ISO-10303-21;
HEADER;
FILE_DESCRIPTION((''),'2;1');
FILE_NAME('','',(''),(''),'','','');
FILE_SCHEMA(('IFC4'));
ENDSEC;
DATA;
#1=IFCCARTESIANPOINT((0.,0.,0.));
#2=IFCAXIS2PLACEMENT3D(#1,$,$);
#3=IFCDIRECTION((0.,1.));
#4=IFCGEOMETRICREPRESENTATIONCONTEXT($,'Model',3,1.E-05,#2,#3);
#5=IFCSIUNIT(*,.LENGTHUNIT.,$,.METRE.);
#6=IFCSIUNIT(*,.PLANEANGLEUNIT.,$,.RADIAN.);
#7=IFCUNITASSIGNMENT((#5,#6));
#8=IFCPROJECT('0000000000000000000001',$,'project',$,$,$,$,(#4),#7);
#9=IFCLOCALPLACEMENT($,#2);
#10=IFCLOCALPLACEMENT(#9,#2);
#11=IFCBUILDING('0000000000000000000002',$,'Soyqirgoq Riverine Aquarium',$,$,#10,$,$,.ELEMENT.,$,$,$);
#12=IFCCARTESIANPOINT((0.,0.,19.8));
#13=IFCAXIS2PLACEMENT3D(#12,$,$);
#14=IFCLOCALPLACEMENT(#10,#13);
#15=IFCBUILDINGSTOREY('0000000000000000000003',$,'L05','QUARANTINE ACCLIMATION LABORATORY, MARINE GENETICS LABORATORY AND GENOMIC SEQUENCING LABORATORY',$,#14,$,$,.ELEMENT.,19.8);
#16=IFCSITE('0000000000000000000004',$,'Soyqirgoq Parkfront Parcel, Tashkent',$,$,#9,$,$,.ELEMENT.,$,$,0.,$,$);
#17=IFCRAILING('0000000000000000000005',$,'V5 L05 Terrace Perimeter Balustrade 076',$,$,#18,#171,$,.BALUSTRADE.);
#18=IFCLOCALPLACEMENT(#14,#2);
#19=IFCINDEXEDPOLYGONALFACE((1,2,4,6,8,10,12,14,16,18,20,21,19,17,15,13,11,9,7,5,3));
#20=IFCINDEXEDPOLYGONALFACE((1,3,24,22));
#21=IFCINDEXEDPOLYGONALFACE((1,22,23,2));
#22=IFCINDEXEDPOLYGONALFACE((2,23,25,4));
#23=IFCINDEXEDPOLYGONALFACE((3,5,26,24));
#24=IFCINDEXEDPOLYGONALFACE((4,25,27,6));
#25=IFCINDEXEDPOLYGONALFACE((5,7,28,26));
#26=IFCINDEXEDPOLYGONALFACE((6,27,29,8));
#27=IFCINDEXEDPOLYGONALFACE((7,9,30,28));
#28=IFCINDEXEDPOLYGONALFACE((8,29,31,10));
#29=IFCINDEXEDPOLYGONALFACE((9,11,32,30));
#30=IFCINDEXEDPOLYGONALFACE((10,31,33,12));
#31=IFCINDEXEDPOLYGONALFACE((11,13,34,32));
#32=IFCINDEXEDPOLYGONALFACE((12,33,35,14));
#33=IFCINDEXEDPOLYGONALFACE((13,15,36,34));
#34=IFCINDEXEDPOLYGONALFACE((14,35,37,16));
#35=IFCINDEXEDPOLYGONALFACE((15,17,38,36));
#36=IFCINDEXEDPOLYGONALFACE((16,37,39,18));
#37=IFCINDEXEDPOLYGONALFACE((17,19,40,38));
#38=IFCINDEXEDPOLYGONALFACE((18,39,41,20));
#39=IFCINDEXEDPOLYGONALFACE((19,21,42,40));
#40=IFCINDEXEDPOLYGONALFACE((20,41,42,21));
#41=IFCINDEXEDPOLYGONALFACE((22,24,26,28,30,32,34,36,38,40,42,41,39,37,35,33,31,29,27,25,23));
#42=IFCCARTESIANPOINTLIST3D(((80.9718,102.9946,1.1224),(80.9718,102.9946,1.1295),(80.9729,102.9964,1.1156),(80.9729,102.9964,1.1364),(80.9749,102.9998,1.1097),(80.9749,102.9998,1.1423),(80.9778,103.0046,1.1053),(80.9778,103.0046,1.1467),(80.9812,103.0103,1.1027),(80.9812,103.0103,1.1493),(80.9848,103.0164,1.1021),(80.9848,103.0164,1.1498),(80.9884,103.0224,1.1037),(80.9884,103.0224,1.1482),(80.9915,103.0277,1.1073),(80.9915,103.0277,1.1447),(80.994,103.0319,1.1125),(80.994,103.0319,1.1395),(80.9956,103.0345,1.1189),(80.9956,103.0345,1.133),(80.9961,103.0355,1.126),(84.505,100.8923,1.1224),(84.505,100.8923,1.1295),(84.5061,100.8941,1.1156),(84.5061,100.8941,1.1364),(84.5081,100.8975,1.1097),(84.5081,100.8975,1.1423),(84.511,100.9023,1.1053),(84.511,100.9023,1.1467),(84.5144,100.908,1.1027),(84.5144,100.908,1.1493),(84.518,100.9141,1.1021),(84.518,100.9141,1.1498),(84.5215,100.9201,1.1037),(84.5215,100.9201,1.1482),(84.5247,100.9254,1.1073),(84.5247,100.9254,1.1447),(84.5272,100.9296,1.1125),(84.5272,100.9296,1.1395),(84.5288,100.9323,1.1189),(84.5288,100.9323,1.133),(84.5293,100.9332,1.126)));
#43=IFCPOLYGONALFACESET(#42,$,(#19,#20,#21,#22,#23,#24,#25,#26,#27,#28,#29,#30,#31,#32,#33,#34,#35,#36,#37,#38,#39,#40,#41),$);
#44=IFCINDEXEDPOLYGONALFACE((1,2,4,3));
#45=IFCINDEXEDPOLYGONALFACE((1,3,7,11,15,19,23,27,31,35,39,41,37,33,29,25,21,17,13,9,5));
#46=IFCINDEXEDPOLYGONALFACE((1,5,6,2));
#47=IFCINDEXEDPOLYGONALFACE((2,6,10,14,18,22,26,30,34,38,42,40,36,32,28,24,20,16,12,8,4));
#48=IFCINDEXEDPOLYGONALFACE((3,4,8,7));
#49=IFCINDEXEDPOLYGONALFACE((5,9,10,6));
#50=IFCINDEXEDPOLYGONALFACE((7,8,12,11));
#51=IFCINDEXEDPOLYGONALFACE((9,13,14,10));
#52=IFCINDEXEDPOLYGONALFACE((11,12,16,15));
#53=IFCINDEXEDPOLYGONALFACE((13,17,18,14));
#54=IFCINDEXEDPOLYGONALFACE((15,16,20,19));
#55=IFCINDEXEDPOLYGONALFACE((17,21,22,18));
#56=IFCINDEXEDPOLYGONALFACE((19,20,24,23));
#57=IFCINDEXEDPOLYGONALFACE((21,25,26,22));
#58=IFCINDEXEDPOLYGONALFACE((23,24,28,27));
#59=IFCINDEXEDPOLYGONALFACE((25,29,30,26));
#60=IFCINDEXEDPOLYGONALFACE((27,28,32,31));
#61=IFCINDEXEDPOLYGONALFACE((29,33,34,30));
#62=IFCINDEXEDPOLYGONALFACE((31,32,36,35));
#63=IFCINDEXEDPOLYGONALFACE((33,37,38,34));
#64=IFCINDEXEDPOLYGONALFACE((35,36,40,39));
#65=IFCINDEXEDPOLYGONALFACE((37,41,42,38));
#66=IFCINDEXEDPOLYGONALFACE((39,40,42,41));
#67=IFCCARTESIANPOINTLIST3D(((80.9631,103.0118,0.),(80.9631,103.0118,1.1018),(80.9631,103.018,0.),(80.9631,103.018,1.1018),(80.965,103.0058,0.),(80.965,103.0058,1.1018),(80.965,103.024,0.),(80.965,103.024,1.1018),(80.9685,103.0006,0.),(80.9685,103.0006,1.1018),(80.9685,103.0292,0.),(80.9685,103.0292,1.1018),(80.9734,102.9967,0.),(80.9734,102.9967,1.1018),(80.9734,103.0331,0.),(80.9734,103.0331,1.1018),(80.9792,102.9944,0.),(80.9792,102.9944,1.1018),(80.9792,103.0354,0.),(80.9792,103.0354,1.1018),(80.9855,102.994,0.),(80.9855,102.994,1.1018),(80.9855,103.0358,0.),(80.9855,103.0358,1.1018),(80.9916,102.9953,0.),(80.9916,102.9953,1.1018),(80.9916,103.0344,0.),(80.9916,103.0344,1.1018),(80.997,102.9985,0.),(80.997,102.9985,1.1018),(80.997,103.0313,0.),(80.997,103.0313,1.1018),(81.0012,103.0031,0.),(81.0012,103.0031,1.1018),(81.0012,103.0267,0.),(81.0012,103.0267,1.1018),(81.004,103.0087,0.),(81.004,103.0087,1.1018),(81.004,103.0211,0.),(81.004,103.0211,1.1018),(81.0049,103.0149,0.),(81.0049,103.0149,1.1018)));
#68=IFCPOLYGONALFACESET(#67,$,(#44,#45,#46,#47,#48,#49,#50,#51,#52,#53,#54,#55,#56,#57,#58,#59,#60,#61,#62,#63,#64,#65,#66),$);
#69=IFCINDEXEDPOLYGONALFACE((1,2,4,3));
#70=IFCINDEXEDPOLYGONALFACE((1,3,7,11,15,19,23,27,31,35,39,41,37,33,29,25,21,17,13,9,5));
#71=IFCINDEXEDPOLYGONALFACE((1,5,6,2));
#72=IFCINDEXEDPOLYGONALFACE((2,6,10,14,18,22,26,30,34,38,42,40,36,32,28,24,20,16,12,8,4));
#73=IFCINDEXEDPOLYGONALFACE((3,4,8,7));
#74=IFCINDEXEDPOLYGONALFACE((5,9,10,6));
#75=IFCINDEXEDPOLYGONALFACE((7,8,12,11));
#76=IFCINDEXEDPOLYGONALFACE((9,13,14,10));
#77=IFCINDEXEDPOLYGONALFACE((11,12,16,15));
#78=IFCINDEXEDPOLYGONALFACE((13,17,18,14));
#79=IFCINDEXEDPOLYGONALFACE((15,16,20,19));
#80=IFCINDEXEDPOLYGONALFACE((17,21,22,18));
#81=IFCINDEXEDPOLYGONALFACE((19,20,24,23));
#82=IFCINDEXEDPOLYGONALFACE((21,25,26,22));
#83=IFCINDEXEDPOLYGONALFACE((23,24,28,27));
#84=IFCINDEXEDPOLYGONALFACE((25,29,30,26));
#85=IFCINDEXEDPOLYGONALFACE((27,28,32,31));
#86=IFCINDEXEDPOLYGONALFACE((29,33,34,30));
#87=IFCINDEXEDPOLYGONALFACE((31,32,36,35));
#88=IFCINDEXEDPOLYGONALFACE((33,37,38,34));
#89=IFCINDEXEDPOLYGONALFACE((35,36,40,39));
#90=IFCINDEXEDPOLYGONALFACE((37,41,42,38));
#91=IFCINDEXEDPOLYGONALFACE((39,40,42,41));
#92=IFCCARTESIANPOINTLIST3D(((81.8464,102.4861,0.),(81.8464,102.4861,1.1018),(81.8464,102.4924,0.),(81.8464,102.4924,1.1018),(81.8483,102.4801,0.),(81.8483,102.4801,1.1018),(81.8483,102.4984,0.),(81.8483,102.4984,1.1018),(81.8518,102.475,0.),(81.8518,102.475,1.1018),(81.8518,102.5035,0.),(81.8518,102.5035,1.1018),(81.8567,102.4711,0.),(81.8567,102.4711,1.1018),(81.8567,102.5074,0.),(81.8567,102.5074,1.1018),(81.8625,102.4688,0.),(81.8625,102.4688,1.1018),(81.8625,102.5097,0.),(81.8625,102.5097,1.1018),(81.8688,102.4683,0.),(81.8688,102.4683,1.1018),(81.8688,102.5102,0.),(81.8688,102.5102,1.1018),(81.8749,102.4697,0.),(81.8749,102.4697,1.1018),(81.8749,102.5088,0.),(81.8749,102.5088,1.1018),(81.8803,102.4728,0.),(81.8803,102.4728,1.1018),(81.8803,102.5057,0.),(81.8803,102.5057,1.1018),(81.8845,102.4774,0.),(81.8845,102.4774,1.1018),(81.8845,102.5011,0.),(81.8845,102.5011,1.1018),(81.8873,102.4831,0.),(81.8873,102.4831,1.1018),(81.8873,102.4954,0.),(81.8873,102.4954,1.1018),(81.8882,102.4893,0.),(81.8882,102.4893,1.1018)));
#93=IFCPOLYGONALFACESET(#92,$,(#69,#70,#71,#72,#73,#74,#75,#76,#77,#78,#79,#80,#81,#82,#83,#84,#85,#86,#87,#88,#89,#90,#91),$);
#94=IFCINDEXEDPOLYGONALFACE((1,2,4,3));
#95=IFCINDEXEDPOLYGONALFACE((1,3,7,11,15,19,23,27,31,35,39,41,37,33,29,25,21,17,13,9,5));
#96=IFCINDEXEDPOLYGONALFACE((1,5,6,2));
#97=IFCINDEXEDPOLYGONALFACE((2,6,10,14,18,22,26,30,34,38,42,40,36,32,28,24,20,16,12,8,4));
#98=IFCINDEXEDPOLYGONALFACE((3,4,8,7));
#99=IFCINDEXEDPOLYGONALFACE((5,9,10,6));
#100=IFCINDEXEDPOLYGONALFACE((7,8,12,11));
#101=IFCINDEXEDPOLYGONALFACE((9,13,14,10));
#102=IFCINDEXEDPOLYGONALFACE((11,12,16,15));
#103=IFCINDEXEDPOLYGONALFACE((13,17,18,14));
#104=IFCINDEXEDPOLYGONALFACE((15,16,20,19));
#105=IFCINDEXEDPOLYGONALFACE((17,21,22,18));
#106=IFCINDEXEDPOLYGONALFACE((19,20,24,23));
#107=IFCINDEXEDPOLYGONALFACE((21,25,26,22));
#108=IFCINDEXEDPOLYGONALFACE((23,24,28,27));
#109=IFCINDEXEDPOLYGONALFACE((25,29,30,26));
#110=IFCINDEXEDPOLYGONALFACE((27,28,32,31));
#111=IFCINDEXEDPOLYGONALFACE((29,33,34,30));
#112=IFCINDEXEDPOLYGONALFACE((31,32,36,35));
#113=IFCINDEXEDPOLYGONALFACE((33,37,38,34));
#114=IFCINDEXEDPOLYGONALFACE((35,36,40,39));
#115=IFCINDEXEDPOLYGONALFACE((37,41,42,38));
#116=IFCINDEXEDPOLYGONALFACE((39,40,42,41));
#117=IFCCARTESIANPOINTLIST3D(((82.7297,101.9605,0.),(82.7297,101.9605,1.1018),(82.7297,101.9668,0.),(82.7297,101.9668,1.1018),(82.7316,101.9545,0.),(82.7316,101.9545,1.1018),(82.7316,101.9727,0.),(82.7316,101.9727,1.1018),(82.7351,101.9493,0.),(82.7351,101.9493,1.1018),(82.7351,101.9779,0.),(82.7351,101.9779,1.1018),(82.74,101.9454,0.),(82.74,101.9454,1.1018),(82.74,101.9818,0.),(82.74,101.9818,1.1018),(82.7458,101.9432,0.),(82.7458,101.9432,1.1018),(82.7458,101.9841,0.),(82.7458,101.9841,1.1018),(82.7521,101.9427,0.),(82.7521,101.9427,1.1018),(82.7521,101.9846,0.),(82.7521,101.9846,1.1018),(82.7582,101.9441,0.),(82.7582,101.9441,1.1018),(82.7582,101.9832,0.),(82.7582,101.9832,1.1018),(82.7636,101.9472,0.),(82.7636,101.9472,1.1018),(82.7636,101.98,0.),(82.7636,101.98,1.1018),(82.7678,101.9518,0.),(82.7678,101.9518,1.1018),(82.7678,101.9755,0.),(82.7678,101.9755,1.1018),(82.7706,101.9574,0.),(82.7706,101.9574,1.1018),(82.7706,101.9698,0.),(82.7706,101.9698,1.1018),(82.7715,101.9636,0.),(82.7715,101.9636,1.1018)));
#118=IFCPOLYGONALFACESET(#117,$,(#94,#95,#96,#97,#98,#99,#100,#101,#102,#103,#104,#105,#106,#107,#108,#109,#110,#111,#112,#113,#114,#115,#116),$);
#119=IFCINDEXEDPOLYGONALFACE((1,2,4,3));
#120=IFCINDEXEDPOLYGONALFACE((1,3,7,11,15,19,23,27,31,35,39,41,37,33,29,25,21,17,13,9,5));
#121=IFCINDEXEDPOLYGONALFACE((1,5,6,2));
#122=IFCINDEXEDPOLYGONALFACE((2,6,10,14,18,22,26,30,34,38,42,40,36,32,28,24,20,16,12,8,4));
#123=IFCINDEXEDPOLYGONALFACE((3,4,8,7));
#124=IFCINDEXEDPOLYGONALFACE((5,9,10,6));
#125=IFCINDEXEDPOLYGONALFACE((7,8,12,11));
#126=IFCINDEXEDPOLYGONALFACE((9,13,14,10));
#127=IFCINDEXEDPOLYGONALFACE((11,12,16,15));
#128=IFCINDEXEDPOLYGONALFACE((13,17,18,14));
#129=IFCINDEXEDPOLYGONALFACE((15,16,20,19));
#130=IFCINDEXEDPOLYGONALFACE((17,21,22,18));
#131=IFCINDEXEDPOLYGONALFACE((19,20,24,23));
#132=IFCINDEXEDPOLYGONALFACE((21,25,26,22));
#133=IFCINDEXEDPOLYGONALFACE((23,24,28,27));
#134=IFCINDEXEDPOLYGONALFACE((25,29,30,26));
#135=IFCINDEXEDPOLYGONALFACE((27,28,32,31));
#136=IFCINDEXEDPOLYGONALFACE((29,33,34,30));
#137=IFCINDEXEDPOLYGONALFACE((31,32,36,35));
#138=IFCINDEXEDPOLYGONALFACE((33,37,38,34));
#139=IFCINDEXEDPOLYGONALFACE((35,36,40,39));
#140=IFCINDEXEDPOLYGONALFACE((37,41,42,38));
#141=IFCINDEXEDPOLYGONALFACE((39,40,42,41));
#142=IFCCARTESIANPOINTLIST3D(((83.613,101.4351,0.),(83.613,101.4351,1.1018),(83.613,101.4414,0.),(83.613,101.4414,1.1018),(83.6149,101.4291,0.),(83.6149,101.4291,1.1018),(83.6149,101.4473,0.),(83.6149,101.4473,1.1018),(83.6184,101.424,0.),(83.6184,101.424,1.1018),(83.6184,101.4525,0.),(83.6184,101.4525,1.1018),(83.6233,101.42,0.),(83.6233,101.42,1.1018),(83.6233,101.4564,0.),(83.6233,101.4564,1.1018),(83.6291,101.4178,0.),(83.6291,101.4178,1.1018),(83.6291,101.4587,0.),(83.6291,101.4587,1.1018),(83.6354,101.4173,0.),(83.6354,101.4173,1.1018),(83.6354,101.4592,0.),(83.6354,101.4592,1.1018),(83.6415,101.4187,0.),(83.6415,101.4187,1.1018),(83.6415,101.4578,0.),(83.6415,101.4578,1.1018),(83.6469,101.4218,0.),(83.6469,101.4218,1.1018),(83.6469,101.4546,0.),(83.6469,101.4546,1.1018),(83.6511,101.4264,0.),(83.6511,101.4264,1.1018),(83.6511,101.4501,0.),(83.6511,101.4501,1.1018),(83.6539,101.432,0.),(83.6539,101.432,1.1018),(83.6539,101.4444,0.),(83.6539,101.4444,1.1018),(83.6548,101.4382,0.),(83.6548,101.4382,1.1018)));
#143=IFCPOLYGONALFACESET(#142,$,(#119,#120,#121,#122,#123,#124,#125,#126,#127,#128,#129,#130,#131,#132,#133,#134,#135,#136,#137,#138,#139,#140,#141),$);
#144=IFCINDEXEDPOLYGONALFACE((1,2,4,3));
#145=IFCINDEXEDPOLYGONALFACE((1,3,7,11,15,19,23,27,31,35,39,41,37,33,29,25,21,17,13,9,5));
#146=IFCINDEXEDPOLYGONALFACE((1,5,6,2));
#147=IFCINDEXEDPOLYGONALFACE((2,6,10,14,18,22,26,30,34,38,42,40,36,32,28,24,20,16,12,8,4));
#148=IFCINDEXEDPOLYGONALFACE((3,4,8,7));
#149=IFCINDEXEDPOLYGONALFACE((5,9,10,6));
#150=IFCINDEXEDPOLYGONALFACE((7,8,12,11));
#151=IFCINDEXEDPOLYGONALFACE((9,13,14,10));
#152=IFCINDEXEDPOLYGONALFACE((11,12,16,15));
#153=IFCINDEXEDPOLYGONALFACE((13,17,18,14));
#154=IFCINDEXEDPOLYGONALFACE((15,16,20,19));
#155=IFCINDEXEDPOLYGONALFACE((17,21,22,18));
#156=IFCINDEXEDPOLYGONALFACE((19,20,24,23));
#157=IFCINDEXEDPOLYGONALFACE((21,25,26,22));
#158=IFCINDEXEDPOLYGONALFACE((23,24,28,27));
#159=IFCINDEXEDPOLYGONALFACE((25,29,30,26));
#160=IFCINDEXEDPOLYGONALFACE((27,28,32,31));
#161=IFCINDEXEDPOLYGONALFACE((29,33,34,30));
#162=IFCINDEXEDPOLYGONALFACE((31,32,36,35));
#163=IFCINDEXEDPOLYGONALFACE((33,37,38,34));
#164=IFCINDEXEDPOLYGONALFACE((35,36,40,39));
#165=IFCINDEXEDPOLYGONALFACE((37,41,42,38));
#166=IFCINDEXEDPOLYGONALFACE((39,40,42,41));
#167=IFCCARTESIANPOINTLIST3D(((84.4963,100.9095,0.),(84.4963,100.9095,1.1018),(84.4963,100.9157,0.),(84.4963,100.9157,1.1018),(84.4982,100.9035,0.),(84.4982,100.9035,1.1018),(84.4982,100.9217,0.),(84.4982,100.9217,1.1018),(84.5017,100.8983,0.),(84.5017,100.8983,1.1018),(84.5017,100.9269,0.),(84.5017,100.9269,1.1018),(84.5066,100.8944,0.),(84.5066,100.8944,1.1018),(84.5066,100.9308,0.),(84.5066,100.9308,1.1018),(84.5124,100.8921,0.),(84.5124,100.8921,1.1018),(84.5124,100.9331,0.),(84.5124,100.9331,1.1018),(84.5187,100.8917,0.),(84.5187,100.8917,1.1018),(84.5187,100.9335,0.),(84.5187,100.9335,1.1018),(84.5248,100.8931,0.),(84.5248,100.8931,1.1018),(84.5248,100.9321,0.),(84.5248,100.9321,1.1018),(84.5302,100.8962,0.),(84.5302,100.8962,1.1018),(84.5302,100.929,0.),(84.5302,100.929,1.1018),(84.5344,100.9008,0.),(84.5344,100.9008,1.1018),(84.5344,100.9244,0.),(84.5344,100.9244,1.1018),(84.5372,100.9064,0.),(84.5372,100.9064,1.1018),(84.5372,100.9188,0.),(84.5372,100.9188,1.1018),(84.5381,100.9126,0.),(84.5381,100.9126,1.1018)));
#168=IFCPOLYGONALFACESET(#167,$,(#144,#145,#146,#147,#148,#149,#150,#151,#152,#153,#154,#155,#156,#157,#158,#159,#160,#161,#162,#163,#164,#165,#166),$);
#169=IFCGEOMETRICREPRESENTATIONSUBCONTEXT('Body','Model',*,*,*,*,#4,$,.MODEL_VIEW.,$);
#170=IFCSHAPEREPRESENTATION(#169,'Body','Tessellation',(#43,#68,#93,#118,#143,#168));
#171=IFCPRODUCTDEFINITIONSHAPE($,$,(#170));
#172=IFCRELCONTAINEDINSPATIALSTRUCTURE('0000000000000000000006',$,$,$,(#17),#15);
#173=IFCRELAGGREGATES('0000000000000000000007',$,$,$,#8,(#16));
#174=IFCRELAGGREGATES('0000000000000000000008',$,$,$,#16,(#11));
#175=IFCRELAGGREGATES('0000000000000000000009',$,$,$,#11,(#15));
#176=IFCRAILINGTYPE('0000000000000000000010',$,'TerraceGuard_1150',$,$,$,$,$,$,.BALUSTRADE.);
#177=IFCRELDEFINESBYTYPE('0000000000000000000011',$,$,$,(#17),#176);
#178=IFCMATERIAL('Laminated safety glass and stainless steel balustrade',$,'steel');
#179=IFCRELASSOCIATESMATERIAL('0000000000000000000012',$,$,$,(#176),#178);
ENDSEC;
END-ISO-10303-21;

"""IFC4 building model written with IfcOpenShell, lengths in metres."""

from ifc_helpers import new_model, si_unit, direction, frame, origin, origin_2d, place, context, subcontext, project, spatial, circle, extrude, material, type_object, element, save


model = new_model("IFC4")

# Units and contexts
model_context = context("Model", 3, precision=1e-05, world=origin(), true_north=direction((0.0, 1.0)))
body_context = subcontext(model_context, "Body", "Model", "MODEL_VIEW")
ifc_project = project(units=[si_unit("LENGTHUNIT", "METRE"), si_unit("PLANEANGLEUNIT", "RADIAN")], contexts=[model_context])

# Site, building, storey
site_placement = place(None, origin())
site = spatial("IfcSite", under=ifc_project, at=site_placement, Name="Soyqirgoq Parkfront Parcel, Tashkent", CompositionType="ELEMENT", RefElevation=0.0)
building_placement = place(site_placement, origin())
building = spatial("IfcBuilding", under=site, at=building_placement, Name="Soyqirgoq Riverine Aquarium", CompositionType="ELEMENT")
storey_placement = place(building_placement, frame((0.0, 0.0, 19.8)))
storey = spatial("IfcBuildingStorey", under=building, at=storey_placement, Name="L05", Description="QUARANTINE ACCLIMATION LABORATORY, MARINE GENETICS LABORATORY AND GENOMIC SEQUENCING LABORATORY", CompositionType="ELEMENT", Elevation=19.8)

# Railing
ifc_material_1 = material(Name="Laminated safety glass and stainless steel balustrade", Category="steel")
railing_type = type_object("IfcRailingType", Name="TerraceGuard_1150", PredefinedType="BALUSTRADE", material=ifc_material_1)
railing_1_placement = place(storey_placement, frame((80.9839, 103.0149, 0.0)))
element("IfcRailing", 1, at=railing_1_placement, inside=storey, type_object=railing_type, Name="V5 L05 Terrace Perimeter Balustrade 076", PredefinedType="BALUSTRADE", context=body_context, shape_type="SweptSolid", body=[
    extrude(circle(Radius=0.0239, at=origin_2d()), frame((0.0, 0.0, 1.126), z_axis=(0.859379, -0.51134, 0.0), x_axis=(0.51134, 0.859379, 0.0)), (0.0, 0.0, 1.0), 4.1113),
    extrude(circle(Radius=0.021, at=origin_2d()), origin(), (0.0, 0.0, 1.0), 1.1018),
    extrude(circle(Radius=0.021, at=origin_2d()), frame((0.8833, -0.5256, 0.0)), (0.0, 0.0, 1.0), 1.1018),
    extrude(circle(Radius=0.021, at=origin_2d()), frame((1.7666, -1.0513, 0.0)), (0.0, 0.0, 1.0), 1.1018),
    extrude(circle(Radius=0.021, at=origin_2d()), frame((2.6499, -1.5767, 0.0)), (0.0, 0.0, 1.0), 1.1018),
    extrude(circle(Radius=0.021, at=origin_2d()), frame((3.5332, -2.1023, 0.0)), (0.0, 0.0, 1.0), 1.1018),
])

save(model, "model.ifc")
